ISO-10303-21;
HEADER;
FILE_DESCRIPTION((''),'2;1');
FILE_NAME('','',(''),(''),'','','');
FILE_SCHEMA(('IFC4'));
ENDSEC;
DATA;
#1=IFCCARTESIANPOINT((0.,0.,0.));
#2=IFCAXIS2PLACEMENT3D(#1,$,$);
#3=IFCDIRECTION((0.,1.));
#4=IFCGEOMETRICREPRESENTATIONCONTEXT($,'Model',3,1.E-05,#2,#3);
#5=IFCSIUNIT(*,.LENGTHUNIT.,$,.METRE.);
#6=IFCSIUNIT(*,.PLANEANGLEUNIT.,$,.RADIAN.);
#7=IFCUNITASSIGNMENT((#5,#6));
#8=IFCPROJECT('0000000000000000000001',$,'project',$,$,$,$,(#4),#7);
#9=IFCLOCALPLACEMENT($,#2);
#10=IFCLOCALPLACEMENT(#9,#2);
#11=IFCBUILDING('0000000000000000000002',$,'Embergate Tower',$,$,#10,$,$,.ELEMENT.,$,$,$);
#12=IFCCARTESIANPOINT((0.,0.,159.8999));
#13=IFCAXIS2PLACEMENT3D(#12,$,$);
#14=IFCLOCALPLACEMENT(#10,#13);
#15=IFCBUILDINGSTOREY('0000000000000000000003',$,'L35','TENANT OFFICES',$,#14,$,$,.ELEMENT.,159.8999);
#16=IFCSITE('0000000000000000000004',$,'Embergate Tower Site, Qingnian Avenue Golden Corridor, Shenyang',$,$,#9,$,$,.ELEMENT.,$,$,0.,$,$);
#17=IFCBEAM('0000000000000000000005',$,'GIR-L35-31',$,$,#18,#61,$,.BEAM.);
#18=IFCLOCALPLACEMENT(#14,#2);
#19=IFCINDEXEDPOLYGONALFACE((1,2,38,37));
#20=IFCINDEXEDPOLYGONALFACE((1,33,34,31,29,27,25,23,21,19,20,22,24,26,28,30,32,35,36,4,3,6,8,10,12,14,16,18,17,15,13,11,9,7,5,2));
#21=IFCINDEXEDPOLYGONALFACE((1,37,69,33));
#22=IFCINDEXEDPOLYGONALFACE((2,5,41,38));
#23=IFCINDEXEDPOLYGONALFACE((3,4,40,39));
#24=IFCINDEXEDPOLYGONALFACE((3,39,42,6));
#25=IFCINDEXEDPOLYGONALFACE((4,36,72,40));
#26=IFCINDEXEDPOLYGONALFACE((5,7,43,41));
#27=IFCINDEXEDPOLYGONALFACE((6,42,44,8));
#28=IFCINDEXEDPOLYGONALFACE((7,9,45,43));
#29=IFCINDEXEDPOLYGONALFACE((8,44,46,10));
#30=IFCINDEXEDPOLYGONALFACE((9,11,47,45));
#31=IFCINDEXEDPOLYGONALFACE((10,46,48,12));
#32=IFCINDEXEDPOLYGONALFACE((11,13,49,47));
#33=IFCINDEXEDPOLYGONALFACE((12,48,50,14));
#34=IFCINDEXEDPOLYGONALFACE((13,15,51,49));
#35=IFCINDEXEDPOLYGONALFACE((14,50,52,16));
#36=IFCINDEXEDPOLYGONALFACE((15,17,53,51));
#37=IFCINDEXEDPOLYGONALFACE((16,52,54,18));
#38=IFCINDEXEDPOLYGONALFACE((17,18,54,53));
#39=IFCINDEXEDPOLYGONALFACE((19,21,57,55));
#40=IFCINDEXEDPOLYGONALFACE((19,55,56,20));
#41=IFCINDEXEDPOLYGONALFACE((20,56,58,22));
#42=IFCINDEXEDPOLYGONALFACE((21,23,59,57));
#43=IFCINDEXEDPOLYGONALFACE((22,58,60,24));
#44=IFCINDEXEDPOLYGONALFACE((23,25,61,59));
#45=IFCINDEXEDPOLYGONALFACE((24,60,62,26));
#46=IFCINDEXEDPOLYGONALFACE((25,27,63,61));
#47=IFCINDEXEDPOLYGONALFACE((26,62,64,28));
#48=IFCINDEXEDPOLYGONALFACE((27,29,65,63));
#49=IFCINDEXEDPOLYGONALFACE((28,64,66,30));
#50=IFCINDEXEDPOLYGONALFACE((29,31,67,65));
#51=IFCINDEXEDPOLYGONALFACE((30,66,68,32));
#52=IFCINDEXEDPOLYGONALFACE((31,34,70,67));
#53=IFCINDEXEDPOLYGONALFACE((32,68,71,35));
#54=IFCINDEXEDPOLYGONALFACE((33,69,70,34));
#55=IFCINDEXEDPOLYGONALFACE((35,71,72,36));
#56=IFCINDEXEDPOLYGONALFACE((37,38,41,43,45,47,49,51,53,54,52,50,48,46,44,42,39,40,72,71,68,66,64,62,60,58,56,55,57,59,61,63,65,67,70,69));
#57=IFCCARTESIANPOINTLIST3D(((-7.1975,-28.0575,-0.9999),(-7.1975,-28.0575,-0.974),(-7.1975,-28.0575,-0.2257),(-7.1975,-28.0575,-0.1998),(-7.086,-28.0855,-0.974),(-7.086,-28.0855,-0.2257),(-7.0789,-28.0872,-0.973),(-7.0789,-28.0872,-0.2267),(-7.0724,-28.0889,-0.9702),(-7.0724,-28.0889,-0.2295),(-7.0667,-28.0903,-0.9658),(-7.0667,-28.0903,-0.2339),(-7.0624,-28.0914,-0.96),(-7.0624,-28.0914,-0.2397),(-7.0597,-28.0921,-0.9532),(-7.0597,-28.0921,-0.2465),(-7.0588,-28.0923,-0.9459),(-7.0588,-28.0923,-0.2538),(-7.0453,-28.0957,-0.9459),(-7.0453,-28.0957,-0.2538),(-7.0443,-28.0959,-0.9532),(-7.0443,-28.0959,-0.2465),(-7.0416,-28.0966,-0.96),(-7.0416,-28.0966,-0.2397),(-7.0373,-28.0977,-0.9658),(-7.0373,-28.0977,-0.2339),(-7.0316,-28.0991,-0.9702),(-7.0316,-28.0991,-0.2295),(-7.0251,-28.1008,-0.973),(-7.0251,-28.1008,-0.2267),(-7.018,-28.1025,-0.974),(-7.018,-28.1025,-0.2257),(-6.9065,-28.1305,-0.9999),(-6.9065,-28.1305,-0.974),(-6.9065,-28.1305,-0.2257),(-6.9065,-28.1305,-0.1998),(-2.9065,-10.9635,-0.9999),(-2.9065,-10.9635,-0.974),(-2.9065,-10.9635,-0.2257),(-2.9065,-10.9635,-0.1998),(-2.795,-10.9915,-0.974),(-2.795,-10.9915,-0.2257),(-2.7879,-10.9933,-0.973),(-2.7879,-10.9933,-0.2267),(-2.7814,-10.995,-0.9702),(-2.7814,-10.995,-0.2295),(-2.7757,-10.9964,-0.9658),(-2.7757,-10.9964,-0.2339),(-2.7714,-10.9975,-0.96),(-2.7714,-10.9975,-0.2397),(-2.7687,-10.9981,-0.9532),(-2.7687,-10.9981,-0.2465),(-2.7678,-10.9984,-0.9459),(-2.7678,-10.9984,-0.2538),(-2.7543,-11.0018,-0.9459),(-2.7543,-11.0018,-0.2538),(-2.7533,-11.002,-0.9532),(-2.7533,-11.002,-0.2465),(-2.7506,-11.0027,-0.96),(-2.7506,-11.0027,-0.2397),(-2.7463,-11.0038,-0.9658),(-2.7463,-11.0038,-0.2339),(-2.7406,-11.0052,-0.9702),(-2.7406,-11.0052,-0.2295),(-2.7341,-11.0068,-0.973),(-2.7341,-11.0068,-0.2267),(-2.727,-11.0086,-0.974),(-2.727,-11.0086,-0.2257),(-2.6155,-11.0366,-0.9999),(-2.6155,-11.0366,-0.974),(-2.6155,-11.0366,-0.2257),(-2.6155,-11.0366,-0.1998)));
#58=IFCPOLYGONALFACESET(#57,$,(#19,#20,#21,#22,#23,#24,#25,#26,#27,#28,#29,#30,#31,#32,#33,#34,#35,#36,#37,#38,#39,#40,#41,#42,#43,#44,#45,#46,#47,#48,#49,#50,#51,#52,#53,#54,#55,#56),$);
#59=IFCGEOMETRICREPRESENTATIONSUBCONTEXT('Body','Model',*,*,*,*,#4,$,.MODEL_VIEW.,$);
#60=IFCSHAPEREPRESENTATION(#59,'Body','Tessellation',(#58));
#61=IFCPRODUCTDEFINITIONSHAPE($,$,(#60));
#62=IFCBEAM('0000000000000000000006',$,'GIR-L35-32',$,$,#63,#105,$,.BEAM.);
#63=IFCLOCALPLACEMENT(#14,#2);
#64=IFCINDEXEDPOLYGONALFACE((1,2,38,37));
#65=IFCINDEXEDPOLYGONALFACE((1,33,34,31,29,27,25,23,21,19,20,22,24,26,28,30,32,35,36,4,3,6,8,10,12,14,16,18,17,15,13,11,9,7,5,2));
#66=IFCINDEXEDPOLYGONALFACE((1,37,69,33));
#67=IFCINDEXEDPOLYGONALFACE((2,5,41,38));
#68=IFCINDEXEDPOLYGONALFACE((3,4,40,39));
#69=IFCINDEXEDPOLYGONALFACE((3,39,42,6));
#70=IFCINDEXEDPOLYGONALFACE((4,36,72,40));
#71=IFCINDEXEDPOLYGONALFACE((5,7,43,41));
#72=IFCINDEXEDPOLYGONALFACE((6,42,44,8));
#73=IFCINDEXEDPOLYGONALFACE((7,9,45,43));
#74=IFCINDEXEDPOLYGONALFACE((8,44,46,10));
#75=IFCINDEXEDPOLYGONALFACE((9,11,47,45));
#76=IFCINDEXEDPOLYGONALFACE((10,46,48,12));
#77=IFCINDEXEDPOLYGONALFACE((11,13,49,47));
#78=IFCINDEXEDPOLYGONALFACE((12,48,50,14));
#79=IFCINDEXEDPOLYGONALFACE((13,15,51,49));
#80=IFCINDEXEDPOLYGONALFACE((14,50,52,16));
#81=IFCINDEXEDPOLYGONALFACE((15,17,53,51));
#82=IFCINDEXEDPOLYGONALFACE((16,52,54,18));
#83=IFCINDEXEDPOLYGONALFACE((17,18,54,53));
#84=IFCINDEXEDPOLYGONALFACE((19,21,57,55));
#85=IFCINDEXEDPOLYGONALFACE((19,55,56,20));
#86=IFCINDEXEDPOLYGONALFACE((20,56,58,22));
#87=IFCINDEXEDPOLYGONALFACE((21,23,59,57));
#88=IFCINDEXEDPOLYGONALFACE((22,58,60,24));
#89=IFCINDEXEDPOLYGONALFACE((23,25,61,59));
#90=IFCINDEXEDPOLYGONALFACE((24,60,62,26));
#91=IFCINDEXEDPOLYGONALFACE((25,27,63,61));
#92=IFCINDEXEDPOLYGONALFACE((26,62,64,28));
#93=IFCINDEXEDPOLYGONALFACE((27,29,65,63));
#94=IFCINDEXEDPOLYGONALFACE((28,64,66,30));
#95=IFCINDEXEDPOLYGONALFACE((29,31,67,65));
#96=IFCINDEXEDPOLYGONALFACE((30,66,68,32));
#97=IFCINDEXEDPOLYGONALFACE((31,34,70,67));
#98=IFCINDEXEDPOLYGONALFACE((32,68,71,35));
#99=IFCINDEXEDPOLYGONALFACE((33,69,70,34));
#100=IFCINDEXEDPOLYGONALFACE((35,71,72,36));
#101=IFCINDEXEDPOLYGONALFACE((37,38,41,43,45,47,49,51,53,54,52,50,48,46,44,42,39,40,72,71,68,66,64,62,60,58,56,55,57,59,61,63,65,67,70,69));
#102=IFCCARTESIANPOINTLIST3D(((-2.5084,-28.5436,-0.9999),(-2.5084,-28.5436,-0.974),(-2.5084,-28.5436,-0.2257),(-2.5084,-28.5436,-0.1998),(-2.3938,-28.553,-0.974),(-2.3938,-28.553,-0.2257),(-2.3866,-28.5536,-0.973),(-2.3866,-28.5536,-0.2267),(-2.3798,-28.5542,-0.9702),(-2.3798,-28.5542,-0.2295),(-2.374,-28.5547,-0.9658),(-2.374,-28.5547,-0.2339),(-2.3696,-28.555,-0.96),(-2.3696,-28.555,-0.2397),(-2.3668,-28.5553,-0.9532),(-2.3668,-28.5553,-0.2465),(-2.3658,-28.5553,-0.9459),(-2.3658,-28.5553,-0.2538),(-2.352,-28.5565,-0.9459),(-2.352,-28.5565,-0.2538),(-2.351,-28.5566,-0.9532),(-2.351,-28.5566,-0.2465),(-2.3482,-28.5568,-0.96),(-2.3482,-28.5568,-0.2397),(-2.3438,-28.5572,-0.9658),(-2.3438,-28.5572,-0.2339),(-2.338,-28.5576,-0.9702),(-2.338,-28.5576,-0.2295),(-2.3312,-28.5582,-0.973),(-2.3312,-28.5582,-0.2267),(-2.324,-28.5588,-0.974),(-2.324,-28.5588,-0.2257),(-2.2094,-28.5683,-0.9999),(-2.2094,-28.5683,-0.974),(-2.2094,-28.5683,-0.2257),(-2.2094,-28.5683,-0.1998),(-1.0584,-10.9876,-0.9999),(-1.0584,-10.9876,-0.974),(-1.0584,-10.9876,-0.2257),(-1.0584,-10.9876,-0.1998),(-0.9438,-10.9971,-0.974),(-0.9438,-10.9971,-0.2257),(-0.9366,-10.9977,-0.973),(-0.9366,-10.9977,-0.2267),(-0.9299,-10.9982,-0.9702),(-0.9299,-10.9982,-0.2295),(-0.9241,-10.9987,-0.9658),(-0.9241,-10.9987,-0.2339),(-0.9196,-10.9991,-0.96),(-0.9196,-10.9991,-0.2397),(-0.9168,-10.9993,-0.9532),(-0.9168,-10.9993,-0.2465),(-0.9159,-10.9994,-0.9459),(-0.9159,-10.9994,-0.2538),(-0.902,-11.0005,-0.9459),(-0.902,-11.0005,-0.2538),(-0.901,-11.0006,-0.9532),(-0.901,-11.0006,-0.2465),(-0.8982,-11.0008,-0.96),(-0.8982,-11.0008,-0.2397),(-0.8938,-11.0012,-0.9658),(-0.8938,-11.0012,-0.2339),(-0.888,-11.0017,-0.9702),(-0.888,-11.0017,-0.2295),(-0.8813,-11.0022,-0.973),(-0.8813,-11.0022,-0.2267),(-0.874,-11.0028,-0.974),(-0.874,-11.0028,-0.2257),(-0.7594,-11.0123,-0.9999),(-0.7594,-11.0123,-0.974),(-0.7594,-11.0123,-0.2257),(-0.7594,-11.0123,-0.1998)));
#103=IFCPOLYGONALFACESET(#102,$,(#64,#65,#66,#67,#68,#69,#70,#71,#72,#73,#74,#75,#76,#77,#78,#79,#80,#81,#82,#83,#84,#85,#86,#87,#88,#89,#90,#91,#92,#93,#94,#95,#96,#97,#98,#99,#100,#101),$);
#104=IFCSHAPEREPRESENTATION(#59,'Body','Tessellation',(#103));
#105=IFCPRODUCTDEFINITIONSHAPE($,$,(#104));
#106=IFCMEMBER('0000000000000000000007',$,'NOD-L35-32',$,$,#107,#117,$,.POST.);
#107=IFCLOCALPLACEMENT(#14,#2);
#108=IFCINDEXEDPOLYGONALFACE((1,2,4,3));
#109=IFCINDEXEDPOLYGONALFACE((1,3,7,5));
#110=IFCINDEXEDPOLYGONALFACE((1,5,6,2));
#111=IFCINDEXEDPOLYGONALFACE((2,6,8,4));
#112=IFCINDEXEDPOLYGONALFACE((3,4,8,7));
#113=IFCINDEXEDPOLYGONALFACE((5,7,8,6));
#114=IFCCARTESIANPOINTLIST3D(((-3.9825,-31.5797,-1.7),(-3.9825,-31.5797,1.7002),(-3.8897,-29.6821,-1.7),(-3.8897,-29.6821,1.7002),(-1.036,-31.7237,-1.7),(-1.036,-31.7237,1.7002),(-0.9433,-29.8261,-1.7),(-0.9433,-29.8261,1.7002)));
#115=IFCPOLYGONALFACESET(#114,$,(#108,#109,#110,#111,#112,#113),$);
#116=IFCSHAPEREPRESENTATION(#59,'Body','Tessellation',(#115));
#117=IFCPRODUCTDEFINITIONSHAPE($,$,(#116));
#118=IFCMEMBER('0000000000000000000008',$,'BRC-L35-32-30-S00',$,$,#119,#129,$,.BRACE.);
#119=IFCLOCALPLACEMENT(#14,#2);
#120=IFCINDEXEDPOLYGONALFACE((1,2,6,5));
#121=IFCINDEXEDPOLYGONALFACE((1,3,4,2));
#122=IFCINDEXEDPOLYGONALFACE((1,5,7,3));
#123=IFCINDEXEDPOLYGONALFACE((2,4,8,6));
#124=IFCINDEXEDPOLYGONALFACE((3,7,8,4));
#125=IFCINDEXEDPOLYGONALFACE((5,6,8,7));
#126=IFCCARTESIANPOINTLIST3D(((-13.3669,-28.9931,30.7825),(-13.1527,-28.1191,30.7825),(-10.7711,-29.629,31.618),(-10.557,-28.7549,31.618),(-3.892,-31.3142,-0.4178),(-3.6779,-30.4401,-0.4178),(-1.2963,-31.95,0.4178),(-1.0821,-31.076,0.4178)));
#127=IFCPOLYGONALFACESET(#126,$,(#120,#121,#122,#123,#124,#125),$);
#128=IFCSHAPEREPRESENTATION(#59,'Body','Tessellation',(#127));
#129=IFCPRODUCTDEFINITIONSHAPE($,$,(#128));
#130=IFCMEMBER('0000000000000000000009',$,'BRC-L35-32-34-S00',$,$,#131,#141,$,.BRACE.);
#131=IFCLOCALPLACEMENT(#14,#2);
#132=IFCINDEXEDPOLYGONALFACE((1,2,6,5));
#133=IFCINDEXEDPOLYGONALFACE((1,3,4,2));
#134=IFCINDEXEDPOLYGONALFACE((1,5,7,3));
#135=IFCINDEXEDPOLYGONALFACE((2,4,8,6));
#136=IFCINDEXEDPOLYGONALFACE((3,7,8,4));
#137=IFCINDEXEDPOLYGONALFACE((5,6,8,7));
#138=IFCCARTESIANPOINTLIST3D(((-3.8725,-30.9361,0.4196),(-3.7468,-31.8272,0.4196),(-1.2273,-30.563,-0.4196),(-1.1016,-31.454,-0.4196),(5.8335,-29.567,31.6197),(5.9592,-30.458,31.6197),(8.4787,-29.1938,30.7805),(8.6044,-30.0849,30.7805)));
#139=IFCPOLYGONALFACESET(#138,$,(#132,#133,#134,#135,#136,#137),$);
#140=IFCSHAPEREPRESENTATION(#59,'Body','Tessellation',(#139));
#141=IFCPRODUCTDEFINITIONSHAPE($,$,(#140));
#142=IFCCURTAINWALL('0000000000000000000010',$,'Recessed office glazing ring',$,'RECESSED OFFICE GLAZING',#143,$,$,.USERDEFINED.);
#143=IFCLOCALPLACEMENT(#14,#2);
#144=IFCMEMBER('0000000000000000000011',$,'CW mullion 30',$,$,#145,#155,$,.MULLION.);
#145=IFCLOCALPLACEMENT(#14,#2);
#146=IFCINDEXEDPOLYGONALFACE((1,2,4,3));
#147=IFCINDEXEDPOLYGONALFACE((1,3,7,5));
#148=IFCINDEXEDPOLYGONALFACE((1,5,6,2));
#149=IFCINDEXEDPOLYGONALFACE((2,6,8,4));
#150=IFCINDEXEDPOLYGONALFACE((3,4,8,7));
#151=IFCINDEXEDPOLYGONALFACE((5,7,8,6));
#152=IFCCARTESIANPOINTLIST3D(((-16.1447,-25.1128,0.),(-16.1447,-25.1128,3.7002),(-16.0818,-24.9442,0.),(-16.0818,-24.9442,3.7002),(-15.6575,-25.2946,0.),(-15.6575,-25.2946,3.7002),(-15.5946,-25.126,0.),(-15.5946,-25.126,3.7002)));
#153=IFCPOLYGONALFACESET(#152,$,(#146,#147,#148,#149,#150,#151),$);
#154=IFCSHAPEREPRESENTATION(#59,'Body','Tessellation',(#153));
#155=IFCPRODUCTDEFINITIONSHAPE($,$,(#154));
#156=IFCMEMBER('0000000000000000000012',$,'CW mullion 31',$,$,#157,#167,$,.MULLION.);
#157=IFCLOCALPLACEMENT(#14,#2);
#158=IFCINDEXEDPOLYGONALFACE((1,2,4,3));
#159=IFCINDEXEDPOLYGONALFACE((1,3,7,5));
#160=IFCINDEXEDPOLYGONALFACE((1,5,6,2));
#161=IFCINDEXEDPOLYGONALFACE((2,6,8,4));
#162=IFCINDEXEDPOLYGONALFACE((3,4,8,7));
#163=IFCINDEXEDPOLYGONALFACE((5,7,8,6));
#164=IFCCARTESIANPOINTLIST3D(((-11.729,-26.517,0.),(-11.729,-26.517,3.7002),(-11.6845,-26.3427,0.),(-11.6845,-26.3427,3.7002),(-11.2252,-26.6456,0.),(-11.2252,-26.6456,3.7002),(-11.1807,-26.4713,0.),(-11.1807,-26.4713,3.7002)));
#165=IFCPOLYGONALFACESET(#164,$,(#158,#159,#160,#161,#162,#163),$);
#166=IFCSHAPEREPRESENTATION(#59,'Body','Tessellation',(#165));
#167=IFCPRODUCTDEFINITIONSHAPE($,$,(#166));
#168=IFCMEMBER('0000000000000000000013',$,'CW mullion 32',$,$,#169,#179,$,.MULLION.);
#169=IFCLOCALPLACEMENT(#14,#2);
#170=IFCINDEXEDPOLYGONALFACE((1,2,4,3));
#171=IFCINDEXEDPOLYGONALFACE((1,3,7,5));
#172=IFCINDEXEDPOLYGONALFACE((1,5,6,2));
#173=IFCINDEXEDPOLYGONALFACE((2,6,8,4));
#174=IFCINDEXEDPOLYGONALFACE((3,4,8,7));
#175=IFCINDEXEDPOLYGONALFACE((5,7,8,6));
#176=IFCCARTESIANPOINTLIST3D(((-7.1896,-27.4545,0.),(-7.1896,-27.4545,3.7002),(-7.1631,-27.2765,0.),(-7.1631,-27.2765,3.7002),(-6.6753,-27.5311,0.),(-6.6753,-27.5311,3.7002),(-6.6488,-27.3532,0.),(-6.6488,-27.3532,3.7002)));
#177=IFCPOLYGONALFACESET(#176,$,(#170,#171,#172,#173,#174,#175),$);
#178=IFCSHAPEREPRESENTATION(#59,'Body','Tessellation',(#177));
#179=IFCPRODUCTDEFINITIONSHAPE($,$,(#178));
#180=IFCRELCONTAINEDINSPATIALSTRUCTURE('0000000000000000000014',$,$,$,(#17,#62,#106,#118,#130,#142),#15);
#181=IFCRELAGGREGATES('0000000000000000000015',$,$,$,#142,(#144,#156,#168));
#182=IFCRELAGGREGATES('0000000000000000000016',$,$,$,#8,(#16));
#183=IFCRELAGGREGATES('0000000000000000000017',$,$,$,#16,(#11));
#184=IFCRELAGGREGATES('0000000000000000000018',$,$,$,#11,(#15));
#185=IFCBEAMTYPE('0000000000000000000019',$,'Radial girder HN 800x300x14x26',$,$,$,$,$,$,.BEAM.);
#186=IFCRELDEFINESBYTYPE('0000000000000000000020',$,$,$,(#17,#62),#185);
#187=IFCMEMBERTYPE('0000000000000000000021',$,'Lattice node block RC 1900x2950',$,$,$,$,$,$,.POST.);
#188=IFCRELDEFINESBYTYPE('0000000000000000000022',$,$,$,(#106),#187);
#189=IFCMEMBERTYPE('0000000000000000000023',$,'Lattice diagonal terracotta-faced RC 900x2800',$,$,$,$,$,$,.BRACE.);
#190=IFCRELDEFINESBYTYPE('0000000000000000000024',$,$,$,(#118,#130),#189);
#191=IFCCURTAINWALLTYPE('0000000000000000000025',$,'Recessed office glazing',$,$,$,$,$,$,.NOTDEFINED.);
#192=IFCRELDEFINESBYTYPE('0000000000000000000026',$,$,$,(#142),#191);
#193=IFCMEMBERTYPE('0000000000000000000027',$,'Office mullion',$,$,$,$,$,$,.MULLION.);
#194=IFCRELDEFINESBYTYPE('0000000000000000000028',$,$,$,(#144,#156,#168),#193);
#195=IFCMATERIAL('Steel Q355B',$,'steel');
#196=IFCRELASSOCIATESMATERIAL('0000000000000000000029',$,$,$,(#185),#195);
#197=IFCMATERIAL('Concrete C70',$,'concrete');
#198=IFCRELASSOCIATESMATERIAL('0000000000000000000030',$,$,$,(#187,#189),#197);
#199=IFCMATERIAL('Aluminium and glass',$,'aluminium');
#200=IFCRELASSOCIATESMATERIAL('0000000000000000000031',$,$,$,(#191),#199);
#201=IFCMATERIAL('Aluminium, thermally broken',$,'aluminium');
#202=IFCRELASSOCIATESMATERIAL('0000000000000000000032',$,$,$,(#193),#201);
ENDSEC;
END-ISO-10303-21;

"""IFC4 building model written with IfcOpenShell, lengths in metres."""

from ifc_helpers import new_model, si_unit, direction, frame, origin, origin_2d, place, context, subcontext, project, spatial, rectangle, i_section, extrude, source, transform, mapped, material, material_profile, profile_set, type_object, element, aggregate, save


model = new_model("IFC4")

# Units and contexts
model_context = context("Model", 3, precision=1e-05, world=origin(), true_north=direction((0.0, 1.0)))
body_context = subcontext(model_context, "Body", "Model", "MODEL_VIEW")
ifc_project = project(units=[si_unit("LENGTHUNIT", "METRE"), si_unit("PLANEANGLEUNIT", "RADIAN")], contexts=[model_context])

# Site, building, storey
site_placement = place(None, origin())
site = spatial("IfcSite", under=ifc_project, at=site_placement, Name="Embergate Tower Site, Qingnian Avenue Golden Corridor, Shenyang", CompositionType="ELEMENT", RefElevation=0.0)
building_placement = place(site_placement, origin())
building = spatial("IfcBuilding", under=site, at=building_placement, Name="Embergate Tower", CompositionType="ELEMENT")
storey_placement = place(building_placement, frame((0.0, 0.0, 159.8999)))
storey = spatial("IfcBuildingStorey", under=building, at=storey_placement, Name="L35", Description="TENANT OFFICES", CompositionType="ELEMENT", Elevation=159.8999)

# Shared definitions
ifc_material_1 = material(Name="Concrete C70", Category="concrete")

# Beams
ifc_material_2 = material(Name="Steel Q355B", Category="steel")
ifc_material_profile_1 = material_profile(ifc_material_2, i_section(OverallWidth=0.3, OverallDepth=0.8, WebThickness=0.0139, FlangeThickness=0.0259, FilletRadius=0.0281, at=origin_2d()), Name="HN 800x300x14x26")
ifc_profile_set_1 = profile_set([ifc_material_profile_1], Name="Steel Q355 grade B")
beam_type_1 = type_object("IfcBeamType", Name="Radial girder HN 800x300x14x26", PredefinedType="BEAM", material=ifc_profile_set_1)
shared_shape_1 = source(origin(), body_context, "Body", "SweptSolid", [
    extrude(i_section(OverallWidth=0.3, OverallDepth=0.8, WebThickness=0.0139, FlangeThickness=0.0259, FilletRadius=0.0281, at=origin_2d()), origin(), (0.0, 0.0, 1.0), 17.6243),
])
beam_1_placement = place(storey_placement, frame((-7.052, -28.094, -0.5999), z_axis=(0.243471, 0.969908, 0.0), x_axis=(-0.969908, 0.243471, 0.0)))
element("IfcBeam", 1, at=beam_1_placement, inside=storey, type_object=beam_type_1, Name="GIR-L35-31", PredefinedType="BEAM", context=body_context, shape_type="MappedRepresentation", body=[
    mapped(shared_shape_1, transform((0.0, 0.0, 0.0))),
])
shared_shape_2 = source(origin(), body_context, "Body", "SweptSolid", [
    extrude(i_section(OverallWidth=0.3, OverallDepth=0.8, WebThickness=0.0139, FlangeThickness=0.0259, FilletRadius=0.0281, at=origin_2d()), origin(), (0.0, 0.0, 1.0), 17.6157),
])
beam_2_placement = place(storey_placement, frame((-2.3589, -28.5559, -0.5999), z_axis=(0.08231, 0.996607, 0.0), x_axis=(-0.996607, 0.08231, 0.0)))
element("IfcBeam", 2, at=beam_2_placement, inside=storey, type_object=beam_type_1, Name="GIR-L35-32", PredefinedType="BEAM", context=body_context, shape_type="MappedRepresentation", body=[
    mapped(shared_shape_2, transform((0.0, 0.0, 0.0))),
])

# Members
ifc_material_profile_2 = material_profile(ifc_material_1, rectangle(XDim=1.8999, YDim=2.95, at=origin_2d()), Name="RC 1900x2950")
ifc_profile_set_2 = profile_set([ifc_material_profile_2], Name="Concrete C70")
member_type_1 = type_object("IfcMemberType", Name="Lattice node block RC 1900x2950", PredefinedType="POST", material=ifc_profile_set_2)
shared_shape_3 = source(origin(), body_context, "Body", "SweptSolid", [
    extrude(rectangle(XDim=1.8999, YDim=2.95, at=origin_2d()), origin(), (0.0, 0.0, 1.0), 3.4001),
])
member_1_placement = place(storey_placement, frame((-2.4629, -30.7029, -1.7), z_axis=(0.0, 0.0, 1.0), x_axis=(-0.048815, -0.998808, 0.0)))
element("IfcMember", 3, at=member_1_placement, inside=storey, type_object=member_type_1, Name="NOD-L35-32", PredefinedType="POST", context=body_context, shape_type="MappedRepresentation", body=[
    mapped(shared_shape_3, transform((0.0, 0.0, 0.0))),
])
ifc_material_profile_3 = material_profile(ifc_material_1, rectangle(XDim=0.8999, YDim=2.8, at=origin_2d()), Name="RC 900x2800")
ifc_profile_set_3 = profile_set([ifc_material_profile_3], Name="Concrete C70")
member_type_2 = type_object("IfcMemberType", Name="Lattice diagonal terracotta-faced RC 900x2800", PredefinedType="BRACE", material=ifc_profile_set_3)
shared_shape_4 = source(origin(), body_context, "Body", "SweptSolid", [
    extrude(rectangle(XDim=0.8999, YDim=2.8, at=origin_2d()), origin(), (0.0, 0.0, 1.0), 32.6897),
])
member_2_placement = place(storey_placement, frame((-2.4871, -31.1951, 0.0), z_axis=(-0.289843, 0.071002, 0.954437), x_axis=(-0.237934, -0.971281, 0.0)))
element("IfcMember", 4, at=member_2_placement, inside=storey, type_object=member_type_2, Name="BRC-L35-32-30-S00", PredefinedType="BRACE", context=body_context, shape_type="MappedRepresentation", body=[
    mapped(shared_shape_4, transform((0.0, 0.0, 0.0))),
])
shared_shape_5 = source(origin(), body_context, "Body", "SweptSolid", [
    extrude(rectangle(XDim=0.8999, YDim=2.8, at=origin_2d()), origin(), (0.0, 0.0, 1.0), 32.7036),
])
member_3_placement = place(storey_placement, frame((-2.4871, -31.1951, 0.0), z_axis=(0.296787, 0.041865, 0.954025), x_axis=(-0.139678, 0.990197, 0.0)))
element("IfcMember", 5, at=member_3_placement, inside=storey, type_object=member_type_2, Name="BRC-L35-32-34-S00", PredefinedType="BRACE", context=body_context, shape_type="MappedRepresentation", body=[
    mapped(shared_shape_5, transform((0.0, 0.0, 0.0))),
])

# Curtain wall, members
ifc_material_3 = material(Name="Aluminium and glass", Category="aluminium")
curtain_wall_type = type_object("IfcCurtainWallType", Name="Recessed office glazing", PredefinedType="NOTDEFINED", material=ifc_material_3)
curtain_wall_placement = place(storey_placement, origin())
curtain_wall = element("IfcCurtainWall", 6, at=curtain_wall_placement, inside=storey, type_object=curtain_wall_type, Name="Recessed office glazing ring", ObjectType="RECESSED OFFICE GLAZING", PredefinedType="USERDEFINED")
ifc_material_4 = material(Name="Aluminium, thermally broken", Category="aluminium")
ifc_material_profile_4 = material_profile(ifc_material_4, rectangle(XDim=0.1799, YDim=0.52, at=origin_2d()), Name="AL 520x180")
ifc_profile_set_4 = profile_set([ifc_material_profile_4], Name="Aluminium, thermally broken")
member_type_3 = type_object("IfcMemberType", Name="Office mullion", PredefinedType="MULLION", material=ifc_profile_set_4)
shared_shape_6 = source(origin(), body_context, "Body", "SweptSolid", [
    extrude(rectangle(XDim=0.1799, YDim=0.52, at=origin_2d()), origin(), (0.0, 0.0, 1.0), 3.7002),
])
member_4_placement = place(storey_placement, frame((-15.8696, -25.1194, 0.0), z_axis=(0.0, 0.0, 1.0), x_axis=(0.349503, 0.936935, 0.0)))
member_4 = element("IfcMember", 7, at=member_4_placement, type_object=member_type_3, Name="CW mullion 30", PredefinedType="MULLION", context=body_context, shape_type="MappedRepresentation", body=[
    mapped(shared_shape_6, transform((0.0, 0.0, 0.0))),
])
member_5_placement = place(storey_placement, frame((-11.4548, -26.4941, 0.0), z_axis=(0.0, 0.0, 1.0), x_axis=(0.247312, 0.968936, 0.0)))
member_5 = element("IfcMember", 8, at=member_5_placement, type_object=member_type_3, Name="CW mullion 31", PredefinedType="MULLION", context=body_context, shape_type="MappedRepresentation", body=[
    mapped(shared_shape_6, transform((0.0, 0.0, 0.0))),
])
member_6_placement = place(storey_placement, frame((-6.9192, -27.4038, 0.0), z_axis=(0.0, 0.0, 1.0), x_axis=(0.147412, 0.989075, 0.0)))
member_6 = element("IfcMember", 9, at=member_6_placement, type_object=member_type_3, Name="CW mullion 32", PredefinedType="MULLION", context=body_context, shape_type="MappedRepresentation", body=[
    mapped(shared_shape_6, transform((0.0, 0.0, 0.0))),
])

aggregate(curtain_wall, [member_4, member_5, member_6])

save(model, "model.ifc")
